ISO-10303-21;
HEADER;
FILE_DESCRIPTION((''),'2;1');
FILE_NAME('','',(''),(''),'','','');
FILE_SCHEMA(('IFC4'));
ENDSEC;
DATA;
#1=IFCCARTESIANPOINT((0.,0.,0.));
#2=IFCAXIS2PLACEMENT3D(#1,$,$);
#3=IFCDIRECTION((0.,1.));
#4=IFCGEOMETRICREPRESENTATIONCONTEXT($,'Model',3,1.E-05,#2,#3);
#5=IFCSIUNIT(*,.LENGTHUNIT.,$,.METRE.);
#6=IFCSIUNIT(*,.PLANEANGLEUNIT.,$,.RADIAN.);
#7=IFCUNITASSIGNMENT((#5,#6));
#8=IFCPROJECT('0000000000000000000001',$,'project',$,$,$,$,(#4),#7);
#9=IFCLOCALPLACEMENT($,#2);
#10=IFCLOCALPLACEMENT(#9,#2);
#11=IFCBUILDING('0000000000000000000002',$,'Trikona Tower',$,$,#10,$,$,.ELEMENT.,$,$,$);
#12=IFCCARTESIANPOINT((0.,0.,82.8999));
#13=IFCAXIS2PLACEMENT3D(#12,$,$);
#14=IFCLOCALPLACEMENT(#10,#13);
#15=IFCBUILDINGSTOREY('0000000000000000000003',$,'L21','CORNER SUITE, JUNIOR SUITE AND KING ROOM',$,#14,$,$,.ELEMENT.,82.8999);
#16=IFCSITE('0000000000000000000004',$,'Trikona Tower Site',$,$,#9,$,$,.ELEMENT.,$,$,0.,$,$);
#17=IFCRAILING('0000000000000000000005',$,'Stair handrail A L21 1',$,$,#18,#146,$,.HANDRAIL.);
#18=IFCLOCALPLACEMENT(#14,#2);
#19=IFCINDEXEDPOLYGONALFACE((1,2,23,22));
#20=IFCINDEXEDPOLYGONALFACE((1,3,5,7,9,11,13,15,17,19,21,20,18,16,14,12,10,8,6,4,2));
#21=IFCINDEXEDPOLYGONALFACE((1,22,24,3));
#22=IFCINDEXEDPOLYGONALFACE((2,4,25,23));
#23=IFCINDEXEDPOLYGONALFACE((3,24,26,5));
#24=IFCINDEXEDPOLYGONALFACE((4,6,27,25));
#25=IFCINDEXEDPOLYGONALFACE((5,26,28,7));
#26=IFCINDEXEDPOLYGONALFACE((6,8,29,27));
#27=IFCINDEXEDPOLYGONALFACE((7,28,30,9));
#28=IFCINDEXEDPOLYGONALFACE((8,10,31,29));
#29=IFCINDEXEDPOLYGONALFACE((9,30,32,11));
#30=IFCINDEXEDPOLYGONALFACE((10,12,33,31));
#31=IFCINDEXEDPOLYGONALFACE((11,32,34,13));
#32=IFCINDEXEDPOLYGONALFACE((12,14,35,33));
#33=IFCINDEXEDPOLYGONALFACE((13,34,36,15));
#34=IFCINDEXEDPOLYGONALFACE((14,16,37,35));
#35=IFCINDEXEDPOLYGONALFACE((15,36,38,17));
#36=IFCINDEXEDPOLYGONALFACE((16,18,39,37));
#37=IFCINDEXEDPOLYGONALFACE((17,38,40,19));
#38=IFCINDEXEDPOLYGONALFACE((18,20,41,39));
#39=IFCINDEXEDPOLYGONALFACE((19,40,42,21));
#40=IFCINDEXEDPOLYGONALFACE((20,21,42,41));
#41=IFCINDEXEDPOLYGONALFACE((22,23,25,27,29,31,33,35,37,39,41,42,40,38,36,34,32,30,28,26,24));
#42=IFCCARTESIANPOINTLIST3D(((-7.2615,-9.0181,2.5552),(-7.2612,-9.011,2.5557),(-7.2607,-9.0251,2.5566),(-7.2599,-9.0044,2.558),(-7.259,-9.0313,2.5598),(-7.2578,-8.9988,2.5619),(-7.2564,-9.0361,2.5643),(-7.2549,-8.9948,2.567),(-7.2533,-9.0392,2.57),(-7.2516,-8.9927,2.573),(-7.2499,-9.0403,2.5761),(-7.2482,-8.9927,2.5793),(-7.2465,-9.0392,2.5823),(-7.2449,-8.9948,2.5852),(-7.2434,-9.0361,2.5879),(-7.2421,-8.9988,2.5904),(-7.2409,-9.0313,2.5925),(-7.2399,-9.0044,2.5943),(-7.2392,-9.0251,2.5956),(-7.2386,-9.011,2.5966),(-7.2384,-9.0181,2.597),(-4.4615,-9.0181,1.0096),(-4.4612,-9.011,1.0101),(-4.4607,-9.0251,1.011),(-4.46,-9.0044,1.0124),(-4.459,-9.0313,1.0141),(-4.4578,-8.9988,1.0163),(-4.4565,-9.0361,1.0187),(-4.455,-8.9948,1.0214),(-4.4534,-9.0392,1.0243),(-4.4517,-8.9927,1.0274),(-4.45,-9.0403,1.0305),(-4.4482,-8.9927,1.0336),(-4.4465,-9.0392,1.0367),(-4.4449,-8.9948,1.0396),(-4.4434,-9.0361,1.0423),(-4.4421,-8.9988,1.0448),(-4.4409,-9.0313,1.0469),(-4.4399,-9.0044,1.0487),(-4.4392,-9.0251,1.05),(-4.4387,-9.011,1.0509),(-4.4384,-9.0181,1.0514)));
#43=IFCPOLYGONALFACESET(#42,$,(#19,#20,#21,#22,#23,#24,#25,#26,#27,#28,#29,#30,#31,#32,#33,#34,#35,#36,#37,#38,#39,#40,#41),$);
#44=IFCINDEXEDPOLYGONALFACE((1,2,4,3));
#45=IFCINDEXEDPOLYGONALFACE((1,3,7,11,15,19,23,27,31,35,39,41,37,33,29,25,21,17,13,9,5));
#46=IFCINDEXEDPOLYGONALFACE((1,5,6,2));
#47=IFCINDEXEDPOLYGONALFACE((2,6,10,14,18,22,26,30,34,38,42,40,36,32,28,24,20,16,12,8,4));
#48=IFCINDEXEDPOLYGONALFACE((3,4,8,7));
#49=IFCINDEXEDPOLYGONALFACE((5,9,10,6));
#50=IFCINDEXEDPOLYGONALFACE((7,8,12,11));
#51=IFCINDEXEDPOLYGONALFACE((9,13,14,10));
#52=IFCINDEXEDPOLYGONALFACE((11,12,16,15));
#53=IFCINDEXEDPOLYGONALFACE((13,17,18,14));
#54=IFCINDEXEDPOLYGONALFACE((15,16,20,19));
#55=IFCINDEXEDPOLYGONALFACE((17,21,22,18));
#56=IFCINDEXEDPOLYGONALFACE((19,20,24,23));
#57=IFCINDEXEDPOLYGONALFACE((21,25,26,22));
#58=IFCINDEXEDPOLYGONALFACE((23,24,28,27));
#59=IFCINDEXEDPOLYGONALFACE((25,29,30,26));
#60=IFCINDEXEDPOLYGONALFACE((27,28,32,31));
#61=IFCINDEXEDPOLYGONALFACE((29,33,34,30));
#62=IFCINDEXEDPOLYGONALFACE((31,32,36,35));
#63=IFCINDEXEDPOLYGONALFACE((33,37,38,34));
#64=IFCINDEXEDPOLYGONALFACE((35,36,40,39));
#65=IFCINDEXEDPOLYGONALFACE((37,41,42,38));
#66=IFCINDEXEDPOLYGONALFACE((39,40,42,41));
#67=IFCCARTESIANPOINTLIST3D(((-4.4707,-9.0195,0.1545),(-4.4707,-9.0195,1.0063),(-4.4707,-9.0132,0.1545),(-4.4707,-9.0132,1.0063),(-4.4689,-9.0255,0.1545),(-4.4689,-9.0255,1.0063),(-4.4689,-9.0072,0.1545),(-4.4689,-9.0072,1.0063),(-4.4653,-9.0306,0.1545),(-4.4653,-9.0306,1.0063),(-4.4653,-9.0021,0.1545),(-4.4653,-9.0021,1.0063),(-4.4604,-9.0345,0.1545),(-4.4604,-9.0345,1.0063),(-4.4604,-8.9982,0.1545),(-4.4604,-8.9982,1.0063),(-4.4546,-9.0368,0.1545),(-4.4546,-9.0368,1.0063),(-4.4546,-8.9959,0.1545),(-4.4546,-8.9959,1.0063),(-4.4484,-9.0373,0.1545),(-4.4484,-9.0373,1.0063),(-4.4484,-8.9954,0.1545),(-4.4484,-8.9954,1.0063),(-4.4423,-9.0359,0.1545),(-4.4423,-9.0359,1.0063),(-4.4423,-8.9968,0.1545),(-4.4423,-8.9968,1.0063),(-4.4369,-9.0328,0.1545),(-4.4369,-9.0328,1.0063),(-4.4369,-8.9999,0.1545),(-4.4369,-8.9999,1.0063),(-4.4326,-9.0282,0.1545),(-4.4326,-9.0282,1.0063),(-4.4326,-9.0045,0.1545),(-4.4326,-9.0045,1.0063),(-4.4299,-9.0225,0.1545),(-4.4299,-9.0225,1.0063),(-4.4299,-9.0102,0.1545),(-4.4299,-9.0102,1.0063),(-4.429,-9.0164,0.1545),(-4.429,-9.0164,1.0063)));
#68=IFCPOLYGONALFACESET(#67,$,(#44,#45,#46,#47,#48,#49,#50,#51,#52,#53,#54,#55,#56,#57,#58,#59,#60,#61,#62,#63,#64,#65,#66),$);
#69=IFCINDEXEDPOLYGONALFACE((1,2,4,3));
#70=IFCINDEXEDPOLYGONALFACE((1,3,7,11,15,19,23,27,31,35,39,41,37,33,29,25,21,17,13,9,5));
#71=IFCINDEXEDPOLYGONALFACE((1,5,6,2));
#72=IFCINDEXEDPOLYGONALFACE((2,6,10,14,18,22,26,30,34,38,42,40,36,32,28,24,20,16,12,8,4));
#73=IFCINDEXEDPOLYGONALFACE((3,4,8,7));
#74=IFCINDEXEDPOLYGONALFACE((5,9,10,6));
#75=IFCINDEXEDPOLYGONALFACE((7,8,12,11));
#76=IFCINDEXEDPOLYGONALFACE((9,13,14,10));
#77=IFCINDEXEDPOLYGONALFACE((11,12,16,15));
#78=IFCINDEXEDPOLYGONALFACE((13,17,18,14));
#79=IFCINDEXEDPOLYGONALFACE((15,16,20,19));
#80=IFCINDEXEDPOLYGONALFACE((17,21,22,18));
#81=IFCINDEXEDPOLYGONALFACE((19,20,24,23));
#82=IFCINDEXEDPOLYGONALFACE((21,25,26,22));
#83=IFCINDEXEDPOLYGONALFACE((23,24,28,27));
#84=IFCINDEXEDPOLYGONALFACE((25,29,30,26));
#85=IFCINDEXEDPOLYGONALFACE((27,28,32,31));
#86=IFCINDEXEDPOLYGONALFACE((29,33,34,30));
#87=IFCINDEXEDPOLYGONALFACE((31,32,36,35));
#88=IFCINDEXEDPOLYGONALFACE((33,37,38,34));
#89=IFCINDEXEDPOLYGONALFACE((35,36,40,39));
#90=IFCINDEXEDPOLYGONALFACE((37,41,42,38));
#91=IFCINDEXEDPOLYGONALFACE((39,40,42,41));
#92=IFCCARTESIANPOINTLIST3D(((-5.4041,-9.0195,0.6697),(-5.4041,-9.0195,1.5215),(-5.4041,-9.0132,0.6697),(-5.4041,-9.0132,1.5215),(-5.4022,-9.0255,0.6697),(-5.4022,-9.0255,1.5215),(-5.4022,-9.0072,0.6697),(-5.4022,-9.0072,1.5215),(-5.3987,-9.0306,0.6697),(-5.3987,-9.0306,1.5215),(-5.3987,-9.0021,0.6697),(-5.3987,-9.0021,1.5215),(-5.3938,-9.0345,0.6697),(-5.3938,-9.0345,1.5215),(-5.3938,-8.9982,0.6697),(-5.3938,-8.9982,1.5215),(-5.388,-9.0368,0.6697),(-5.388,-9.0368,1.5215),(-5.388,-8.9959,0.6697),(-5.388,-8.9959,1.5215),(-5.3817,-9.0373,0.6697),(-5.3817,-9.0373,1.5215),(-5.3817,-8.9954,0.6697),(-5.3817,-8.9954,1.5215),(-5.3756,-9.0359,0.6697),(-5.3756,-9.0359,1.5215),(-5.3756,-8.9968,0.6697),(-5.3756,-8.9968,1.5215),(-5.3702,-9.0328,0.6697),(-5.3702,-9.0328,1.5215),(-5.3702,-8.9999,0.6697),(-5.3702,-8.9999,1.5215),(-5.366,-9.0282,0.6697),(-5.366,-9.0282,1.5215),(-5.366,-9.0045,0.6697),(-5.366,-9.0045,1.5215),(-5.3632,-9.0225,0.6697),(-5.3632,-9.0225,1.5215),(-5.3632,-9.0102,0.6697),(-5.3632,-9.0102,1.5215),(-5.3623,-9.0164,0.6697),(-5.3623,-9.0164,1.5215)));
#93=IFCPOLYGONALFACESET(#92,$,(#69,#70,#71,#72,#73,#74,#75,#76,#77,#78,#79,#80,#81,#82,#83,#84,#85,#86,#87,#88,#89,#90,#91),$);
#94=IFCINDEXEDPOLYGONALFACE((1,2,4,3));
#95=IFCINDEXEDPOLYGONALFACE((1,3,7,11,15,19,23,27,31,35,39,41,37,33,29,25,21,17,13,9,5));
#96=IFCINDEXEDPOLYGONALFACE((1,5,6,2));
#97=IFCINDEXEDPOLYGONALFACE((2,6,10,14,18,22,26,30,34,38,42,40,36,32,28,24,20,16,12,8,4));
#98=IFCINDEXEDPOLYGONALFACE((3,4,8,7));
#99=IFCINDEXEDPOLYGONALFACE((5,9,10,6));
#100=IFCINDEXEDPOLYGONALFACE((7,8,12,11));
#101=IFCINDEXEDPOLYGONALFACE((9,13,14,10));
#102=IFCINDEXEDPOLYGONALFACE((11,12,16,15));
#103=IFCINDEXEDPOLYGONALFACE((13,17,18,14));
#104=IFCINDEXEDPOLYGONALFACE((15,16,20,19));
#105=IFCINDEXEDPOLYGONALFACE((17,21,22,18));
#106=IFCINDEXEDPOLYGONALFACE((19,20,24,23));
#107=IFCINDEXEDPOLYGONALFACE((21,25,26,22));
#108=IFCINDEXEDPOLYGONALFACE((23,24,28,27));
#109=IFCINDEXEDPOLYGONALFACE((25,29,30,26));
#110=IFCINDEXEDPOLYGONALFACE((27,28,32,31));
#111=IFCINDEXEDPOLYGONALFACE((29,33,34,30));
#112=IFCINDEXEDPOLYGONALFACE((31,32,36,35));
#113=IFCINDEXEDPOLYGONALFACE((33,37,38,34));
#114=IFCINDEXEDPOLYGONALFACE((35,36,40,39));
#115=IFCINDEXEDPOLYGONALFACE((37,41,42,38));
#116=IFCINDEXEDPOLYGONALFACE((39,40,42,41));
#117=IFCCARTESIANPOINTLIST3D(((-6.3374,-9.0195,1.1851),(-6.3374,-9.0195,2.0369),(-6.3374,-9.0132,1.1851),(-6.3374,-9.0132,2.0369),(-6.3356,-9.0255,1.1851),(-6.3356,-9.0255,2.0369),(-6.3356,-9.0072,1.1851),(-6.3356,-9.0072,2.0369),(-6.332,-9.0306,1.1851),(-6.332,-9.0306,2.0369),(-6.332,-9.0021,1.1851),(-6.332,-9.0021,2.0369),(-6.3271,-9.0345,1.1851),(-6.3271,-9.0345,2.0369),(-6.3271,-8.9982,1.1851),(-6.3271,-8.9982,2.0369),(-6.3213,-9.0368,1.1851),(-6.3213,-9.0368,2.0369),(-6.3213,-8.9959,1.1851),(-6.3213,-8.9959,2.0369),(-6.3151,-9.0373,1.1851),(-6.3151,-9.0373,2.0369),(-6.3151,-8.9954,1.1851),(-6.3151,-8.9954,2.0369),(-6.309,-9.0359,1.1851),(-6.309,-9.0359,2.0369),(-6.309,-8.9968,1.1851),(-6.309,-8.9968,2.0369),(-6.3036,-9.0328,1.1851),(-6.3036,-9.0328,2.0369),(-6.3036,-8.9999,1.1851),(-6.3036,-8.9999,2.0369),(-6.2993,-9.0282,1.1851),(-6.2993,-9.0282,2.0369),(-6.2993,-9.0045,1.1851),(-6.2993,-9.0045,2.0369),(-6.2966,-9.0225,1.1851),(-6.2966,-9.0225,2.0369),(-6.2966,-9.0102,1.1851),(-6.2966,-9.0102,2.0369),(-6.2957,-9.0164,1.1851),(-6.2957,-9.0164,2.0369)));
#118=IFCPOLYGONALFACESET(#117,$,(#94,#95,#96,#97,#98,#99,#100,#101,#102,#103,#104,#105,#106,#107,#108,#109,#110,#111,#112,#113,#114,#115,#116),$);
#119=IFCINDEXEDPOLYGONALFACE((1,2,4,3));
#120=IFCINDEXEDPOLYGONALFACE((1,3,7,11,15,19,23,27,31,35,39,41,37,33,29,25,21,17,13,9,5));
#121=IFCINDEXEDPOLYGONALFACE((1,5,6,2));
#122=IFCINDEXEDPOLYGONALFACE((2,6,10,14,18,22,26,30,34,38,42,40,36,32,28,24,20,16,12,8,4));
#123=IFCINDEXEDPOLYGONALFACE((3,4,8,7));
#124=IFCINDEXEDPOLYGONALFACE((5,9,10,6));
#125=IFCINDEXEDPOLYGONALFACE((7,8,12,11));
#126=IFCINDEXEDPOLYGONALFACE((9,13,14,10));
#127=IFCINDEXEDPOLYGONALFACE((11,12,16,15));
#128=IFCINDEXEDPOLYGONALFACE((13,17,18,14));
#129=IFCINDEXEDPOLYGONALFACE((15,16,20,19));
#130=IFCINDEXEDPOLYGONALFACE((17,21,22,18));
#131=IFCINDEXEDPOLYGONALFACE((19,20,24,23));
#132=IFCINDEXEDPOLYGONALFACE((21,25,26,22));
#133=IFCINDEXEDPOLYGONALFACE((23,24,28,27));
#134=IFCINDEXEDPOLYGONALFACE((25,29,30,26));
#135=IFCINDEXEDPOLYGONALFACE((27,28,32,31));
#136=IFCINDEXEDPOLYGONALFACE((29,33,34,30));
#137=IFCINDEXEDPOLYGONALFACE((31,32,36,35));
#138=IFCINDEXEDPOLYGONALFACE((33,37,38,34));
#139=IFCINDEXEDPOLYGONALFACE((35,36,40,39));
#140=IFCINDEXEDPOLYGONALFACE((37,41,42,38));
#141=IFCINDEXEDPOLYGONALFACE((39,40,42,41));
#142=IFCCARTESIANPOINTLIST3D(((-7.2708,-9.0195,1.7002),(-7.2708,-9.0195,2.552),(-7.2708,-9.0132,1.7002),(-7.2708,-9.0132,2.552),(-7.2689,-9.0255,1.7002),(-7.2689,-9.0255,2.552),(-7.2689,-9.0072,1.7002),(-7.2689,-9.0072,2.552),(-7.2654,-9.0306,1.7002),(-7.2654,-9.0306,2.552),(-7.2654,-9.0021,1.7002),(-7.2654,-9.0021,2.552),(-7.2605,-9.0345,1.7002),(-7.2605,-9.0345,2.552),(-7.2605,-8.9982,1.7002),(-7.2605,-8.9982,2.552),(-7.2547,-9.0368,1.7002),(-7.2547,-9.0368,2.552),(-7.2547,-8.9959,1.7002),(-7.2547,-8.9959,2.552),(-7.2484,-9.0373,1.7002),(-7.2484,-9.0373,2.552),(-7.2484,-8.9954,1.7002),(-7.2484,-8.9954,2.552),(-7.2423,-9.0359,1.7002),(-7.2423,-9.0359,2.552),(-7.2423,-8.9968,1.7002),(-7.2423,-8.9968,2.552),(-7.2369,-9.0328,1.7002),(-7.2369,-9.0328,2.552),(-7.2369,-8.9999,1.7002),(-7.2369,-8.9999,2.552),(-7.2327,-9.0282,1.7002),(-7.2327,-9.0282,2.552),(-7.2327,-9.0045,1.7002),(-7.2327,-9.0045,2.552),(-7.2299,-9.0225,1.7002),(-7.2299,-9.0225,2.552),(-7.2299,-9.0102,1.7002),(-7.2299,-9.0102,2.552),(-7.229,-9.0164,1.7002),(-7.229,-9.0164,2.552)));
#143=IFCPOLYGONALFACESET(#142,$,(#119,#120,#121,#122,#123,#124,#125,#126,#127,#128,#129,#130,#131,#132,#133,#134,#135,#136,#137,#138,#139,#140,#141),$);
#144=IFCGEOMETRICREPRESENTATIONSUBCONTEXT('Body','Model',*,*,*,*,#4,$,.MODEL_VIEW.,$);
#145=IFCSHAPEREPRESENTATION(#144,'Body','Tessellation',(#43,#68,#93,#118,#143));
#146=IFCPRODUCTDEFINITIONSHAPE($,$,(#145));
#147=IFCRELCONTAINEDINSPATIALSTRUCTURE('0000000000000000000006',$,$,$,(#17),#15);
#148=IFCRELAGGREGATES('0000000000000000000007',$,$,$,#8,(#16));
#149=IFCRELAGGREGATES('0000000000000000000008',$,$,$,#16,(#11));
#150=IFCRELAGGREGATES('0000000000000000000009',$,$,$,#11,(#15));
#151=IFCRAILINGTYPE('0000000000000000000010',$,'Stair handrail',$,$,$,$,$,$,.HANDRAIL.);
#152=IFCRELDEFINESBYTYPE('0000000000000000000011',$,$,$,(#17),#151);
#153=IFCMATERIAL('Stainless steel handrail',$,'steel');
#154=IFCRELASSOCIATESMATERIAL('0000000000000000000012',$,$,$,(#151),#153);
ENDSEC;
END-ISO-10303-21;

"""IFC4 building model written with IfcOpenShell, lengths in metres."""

from ifc_helpers import new_model, si_unit, direction, frame, origin, origin_2d, place, context, subcontext, project, spatial, circle, extrude, material, type_object, element, save


model = new_model("IFC4")

# Units and contexts
model_context = context("Model", 3, precision=1e-05, world=origin(), true_north=direction((0.0, 1.0)))
body_context = subcontext(model_context, "Body", "Model", "MODEL_VIEW")
ifc_project = project(units=[si_unit("LENGTHUNIT", "METRE"), si_unit("PLANEANGLEUNIT", "RADIAN")], contexts=[model_context])

# Site, building, storey
site_placement = place(None, origin())
site = spatial("IfcSite", under=ifc_project, at=site_placement, Name="Trikona Tower Site", CompositionType="ELEMENT", RefElevation=0.0)
building_placement = place(site_placement, origin())
building = spatial("IfcBuilding", under=site, at=building_placement, Name="Trikona Tower", CompositionType="ELEMENT")
storey_placement = place(building_placement, frame((0.0, 0.0, 82.8999)))
storey = spatial("IfcBuildingStorey", under=building, at=storey_placement, Name="L21", Description="CORNER SUITE, JUNIOR SUITE AND KING ROOM", CompositionType="ELEMENT", Elevation=82.8999)

# Railing
ifc_material_1 = material(Name="Stainless steel handrail", Category="steel")
railing_type = type_object("IfcRailingType", Name="Stair handrail", PredefinedType="HANDRAIL", material=ifc_material_1)
railing_placement = place(storey_placement, frame((-4.45, -9.0164, 0.1545)))
element("IfcRailing", 1, at=railing_placement, inside=storey, type_object=railing_type, Name="Stair handrail A L21 1", PredefinedType="HANDRAIL", context=body_context, shape_type="SweptSolid", body=[
    extrude(circle(Radius=0.0239, at=origin_2d()), frame((0.0, 0.0, 0.876), z_axis=(-0.875472, 0.0, 0.483269), x_axis=(0.0, -1.0, 0.0)), (0.0, 0.0, 1.0), 3.1982),
    extrude(circle(Radius=0.021, at=origin_2d()), origin(), (0.0, 0.0, 1.0), 0.8518),
    extrude(circle(Radius=0.021, at=origin_2d()), frame((-0.9333, 0.0, 0.5151)), (0.0, 0.0, 1.0), 0.8518),
    extrude(circle(Radius=0.021, at=origin_2d()), frame((-1.8667, 0.0, 1.0305)), (0.0, 0.0, 1.0), 0.8518),
    extrude(circle(Radius=0.021, at=origin_2d()), frame((-2.8, 0.0, 1.5457)), (0.0, 0.0, 1.0), 0.8518),
])

save(model, "model.ifc")
